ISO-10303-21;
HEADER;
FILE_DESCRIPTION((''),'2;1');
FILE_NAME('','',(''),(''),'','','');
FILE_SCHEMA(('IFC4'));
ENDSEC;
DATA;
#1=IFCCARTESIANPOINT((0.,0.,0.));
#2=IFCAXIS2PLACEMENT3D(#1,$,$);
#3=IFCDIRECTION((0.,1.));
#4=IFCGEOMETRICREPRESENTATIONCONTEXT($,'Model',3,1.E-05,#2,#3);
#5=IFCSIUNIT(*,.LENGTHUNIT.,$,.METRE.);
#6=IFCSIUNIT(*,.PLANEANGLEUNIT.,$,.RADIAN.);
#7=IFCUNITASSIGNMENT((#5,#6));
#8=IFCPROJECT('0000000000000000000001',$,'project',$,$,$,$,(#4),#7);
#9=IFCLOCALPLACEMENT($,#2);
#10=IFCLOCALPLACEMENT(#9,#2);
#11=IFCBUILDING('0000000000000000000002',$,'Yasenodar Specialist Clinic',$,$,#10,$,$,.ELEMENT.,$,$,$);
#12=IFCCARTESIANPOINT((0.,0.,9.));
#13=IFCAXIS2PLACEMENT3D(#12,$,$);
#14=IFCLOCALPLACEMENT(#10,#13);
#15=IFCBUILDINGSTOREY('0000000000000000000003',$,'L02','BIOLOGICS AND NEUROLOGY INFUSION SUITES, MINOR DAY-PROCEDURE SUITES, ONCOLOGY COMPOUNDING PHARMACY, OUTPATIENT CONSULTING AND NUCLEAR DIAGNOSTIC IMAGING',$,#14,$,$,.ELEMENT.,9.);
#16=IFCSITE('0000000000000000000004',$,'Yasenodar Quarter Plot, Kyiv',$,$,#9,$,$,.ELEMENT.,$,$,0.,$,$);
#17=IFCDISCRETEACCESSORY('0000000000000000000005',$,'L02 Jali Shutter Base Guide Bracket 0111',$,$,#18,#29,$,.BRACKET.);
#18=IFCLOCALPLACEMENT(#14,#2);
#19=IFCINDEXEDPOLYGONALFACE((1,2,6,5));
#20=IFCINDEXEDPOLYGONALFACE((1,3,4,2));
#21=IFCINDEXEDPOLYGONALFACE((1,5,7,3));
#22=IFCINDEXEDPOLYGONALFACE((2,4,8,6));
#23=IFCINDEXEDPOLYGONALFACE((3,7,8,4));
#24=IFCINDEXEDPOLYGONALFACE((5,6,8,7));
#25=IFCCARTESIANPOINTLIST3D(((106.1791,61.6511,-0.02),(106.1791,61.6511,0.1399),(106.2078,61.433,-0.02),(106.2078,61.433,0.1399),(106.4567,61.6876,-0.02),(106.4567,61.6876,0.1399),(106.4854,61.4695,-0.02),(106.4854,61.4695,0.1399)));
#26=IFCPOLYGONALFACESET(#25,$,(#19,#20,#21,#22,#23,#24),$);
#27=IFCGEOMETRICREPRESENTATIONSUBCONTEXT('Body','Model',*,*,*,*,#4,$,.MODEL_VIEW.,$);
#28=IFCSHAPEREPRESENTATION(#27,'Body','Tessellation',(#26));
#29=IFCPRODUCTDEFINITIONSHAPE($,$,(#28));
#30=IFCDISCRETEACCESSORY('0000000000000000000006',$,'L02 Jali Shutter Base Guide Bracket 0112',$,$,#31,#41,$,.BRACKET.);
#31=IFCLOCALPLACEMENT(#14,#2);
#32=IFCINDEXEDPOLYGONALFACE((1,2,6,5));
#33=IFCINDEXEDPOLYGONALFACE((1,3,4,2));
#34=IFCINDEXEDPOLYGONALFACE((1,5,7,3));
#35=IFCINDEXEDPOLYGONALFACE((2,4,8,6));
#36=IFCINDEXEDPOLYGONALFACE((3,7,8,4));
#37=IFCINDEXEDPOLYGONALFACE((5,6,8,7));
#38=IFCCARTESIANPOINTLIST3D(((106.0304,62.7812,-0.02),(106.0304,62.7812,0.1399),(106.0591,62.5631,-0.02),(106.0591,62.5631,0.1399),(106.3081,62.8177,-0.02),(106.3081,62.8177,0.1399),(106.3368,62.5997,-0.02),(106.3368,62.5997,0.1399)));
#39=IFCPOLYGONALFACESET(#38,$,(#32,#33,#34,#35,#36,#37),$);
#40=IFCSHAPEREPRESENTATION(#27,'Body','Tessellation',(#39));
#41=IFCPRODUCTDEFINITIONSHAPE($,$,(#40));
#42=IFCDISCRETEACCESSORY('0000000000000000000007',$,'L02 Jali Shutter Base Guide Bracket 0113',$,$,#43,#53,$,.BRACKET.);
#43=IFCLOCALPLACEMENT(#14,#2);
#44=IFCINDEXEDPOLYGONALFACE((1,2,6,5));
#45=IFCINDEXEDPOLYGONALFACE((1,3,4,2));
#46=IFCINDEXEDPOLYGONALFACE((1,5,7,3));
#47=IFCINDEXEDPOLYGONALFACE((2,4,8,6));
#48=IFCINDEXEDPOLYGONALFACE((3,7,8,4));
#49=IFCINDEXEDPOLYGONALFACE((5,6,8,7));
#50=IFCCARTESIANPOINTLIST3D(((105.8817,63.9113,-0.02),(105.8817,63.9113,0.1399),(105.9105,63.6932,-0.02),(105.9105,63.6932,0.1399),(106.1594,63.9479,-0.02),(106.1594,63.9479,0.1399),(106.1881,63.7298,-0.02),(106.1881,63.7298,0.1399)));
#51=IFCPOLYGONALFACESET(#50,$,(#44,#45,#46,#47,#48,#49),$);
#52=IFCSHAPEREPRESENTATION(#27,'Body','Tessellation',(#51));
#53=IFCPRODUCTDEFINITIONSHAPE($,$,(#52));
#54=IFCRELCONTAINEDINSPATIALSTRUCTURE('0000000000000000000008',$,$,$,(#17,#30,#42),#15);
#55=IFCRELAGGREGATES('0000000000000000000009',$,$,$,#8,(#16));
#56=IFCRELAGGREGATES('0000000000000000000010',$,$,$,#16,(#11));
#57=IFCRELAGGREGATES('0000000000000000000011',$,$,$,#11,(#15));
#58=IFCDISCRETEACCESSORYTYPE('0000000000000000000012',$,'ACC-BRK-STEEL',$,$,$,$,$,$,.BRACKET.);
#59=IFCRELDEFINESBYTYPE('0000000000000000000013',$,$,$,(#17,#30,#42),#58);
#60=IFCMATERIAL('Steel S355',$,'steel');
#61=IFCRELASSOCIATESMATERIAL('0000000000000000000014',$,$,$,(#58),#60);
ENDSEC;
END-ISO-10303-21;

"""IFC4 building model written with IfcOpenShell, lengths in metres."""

from ifc_helpers import new_model, si_unit, direction, frame, origin, origin_2d, place, context, subcontext, project, spatial, rectangle, extrude, material, type_object, element, save


model = new_model("IFC4")

# Units and contexts
model_context = context("Model", 3, precision=1e-05, world=origin(), true_north=direction((0.0, 1.0)))
body_context = subcontext(model_context, "Body", "Model", "MODEL_VIEW")
ifc_project = project(units=[si_unit("LENGTHUNIT", "METRE"), si_unit("PLANEANGLEUNIT", "RADIAN")], contexts=[model_context])

# Site, building, storey
site_placement = place(None, origin())
site = spatial("IfcSite", under=ifc_project, at=site_placement, Name="Yasenodar Quarter Plot, Kyiv", CompositionType="ELEMENT", RefElevation=0.0)
building_placement = place(site_placement, origin())
building = spatial("IfcBuilding", under=site, at=building_placement, Name="Yasenodar Specialist Clinic", CompositionType="ELEMENT")
storey_placement = place(building_placement, frame((0.0, 0.0, 9.0)))
storey = spatial("IfcBuildingStorey", under=building, at=storey_placement, Name="L02", Description="BIOLOGICS AND NEUROLOGY INFUSION SUITES, MINOR DAY-PROCEDURE SUITES, ONCOLOGY COMPOUNDING PHARMACY, OUTPATIENT CONSULTING AND NUCLEAR DIAGNOSTIC IMAGING", CompositionType="ELEMENT", Elevation=9.0)

# Shared definitions
ifc_material_1 = material(Name="Steel S355", Category="steel")

# Discrete accessories
discrete_accessory_type = type_object("IfcDiscreteAccessoryType", Name="ACC-BRK-STEEL", PredefinedType="BRACKET", material=ifc_material_1)
for number, where, z_axis, x_axis, name in (
    (1, (106.3323, 61.5603, -0.02), (0.0, 0.0, 1.0), (-0.130519, 0.991446, 0.0), "L02 Jali Shutter Base Guide Bracket 0111"),
    (2, (106.1836, 62.6904, -0.02), (0.0, 0.0, 1.0), (-0.130519, 0.991446, 0.0), "L02 Jali Shutter Base Guide Bracket 0112"),
    (3, (106.0349, 63.8206, -0.02), (0.0, 0.0, 1.0), (-0.130519, 0.991446, 0.0), "L02 Jali Shutter Base Guide Bracket 0113"),
):
    element("IfcDiscreteAccessory", number, at=place(storey_placement, frame(where, z_axis=z_axis, x_axis=x_axis)), inside=storey, type_object=discrete_accessory_type, Name=name, PredefinedType="BRACKET", context=body_context, shape_type="SweptSolid", body=[
        extrude(rectangle(XDim=0.22, YDim=0.28, at=origin_2d()), origin(), (0.0, 0.0, 1.0), 0.1599),
    ])

save(model, "model.ifc")
